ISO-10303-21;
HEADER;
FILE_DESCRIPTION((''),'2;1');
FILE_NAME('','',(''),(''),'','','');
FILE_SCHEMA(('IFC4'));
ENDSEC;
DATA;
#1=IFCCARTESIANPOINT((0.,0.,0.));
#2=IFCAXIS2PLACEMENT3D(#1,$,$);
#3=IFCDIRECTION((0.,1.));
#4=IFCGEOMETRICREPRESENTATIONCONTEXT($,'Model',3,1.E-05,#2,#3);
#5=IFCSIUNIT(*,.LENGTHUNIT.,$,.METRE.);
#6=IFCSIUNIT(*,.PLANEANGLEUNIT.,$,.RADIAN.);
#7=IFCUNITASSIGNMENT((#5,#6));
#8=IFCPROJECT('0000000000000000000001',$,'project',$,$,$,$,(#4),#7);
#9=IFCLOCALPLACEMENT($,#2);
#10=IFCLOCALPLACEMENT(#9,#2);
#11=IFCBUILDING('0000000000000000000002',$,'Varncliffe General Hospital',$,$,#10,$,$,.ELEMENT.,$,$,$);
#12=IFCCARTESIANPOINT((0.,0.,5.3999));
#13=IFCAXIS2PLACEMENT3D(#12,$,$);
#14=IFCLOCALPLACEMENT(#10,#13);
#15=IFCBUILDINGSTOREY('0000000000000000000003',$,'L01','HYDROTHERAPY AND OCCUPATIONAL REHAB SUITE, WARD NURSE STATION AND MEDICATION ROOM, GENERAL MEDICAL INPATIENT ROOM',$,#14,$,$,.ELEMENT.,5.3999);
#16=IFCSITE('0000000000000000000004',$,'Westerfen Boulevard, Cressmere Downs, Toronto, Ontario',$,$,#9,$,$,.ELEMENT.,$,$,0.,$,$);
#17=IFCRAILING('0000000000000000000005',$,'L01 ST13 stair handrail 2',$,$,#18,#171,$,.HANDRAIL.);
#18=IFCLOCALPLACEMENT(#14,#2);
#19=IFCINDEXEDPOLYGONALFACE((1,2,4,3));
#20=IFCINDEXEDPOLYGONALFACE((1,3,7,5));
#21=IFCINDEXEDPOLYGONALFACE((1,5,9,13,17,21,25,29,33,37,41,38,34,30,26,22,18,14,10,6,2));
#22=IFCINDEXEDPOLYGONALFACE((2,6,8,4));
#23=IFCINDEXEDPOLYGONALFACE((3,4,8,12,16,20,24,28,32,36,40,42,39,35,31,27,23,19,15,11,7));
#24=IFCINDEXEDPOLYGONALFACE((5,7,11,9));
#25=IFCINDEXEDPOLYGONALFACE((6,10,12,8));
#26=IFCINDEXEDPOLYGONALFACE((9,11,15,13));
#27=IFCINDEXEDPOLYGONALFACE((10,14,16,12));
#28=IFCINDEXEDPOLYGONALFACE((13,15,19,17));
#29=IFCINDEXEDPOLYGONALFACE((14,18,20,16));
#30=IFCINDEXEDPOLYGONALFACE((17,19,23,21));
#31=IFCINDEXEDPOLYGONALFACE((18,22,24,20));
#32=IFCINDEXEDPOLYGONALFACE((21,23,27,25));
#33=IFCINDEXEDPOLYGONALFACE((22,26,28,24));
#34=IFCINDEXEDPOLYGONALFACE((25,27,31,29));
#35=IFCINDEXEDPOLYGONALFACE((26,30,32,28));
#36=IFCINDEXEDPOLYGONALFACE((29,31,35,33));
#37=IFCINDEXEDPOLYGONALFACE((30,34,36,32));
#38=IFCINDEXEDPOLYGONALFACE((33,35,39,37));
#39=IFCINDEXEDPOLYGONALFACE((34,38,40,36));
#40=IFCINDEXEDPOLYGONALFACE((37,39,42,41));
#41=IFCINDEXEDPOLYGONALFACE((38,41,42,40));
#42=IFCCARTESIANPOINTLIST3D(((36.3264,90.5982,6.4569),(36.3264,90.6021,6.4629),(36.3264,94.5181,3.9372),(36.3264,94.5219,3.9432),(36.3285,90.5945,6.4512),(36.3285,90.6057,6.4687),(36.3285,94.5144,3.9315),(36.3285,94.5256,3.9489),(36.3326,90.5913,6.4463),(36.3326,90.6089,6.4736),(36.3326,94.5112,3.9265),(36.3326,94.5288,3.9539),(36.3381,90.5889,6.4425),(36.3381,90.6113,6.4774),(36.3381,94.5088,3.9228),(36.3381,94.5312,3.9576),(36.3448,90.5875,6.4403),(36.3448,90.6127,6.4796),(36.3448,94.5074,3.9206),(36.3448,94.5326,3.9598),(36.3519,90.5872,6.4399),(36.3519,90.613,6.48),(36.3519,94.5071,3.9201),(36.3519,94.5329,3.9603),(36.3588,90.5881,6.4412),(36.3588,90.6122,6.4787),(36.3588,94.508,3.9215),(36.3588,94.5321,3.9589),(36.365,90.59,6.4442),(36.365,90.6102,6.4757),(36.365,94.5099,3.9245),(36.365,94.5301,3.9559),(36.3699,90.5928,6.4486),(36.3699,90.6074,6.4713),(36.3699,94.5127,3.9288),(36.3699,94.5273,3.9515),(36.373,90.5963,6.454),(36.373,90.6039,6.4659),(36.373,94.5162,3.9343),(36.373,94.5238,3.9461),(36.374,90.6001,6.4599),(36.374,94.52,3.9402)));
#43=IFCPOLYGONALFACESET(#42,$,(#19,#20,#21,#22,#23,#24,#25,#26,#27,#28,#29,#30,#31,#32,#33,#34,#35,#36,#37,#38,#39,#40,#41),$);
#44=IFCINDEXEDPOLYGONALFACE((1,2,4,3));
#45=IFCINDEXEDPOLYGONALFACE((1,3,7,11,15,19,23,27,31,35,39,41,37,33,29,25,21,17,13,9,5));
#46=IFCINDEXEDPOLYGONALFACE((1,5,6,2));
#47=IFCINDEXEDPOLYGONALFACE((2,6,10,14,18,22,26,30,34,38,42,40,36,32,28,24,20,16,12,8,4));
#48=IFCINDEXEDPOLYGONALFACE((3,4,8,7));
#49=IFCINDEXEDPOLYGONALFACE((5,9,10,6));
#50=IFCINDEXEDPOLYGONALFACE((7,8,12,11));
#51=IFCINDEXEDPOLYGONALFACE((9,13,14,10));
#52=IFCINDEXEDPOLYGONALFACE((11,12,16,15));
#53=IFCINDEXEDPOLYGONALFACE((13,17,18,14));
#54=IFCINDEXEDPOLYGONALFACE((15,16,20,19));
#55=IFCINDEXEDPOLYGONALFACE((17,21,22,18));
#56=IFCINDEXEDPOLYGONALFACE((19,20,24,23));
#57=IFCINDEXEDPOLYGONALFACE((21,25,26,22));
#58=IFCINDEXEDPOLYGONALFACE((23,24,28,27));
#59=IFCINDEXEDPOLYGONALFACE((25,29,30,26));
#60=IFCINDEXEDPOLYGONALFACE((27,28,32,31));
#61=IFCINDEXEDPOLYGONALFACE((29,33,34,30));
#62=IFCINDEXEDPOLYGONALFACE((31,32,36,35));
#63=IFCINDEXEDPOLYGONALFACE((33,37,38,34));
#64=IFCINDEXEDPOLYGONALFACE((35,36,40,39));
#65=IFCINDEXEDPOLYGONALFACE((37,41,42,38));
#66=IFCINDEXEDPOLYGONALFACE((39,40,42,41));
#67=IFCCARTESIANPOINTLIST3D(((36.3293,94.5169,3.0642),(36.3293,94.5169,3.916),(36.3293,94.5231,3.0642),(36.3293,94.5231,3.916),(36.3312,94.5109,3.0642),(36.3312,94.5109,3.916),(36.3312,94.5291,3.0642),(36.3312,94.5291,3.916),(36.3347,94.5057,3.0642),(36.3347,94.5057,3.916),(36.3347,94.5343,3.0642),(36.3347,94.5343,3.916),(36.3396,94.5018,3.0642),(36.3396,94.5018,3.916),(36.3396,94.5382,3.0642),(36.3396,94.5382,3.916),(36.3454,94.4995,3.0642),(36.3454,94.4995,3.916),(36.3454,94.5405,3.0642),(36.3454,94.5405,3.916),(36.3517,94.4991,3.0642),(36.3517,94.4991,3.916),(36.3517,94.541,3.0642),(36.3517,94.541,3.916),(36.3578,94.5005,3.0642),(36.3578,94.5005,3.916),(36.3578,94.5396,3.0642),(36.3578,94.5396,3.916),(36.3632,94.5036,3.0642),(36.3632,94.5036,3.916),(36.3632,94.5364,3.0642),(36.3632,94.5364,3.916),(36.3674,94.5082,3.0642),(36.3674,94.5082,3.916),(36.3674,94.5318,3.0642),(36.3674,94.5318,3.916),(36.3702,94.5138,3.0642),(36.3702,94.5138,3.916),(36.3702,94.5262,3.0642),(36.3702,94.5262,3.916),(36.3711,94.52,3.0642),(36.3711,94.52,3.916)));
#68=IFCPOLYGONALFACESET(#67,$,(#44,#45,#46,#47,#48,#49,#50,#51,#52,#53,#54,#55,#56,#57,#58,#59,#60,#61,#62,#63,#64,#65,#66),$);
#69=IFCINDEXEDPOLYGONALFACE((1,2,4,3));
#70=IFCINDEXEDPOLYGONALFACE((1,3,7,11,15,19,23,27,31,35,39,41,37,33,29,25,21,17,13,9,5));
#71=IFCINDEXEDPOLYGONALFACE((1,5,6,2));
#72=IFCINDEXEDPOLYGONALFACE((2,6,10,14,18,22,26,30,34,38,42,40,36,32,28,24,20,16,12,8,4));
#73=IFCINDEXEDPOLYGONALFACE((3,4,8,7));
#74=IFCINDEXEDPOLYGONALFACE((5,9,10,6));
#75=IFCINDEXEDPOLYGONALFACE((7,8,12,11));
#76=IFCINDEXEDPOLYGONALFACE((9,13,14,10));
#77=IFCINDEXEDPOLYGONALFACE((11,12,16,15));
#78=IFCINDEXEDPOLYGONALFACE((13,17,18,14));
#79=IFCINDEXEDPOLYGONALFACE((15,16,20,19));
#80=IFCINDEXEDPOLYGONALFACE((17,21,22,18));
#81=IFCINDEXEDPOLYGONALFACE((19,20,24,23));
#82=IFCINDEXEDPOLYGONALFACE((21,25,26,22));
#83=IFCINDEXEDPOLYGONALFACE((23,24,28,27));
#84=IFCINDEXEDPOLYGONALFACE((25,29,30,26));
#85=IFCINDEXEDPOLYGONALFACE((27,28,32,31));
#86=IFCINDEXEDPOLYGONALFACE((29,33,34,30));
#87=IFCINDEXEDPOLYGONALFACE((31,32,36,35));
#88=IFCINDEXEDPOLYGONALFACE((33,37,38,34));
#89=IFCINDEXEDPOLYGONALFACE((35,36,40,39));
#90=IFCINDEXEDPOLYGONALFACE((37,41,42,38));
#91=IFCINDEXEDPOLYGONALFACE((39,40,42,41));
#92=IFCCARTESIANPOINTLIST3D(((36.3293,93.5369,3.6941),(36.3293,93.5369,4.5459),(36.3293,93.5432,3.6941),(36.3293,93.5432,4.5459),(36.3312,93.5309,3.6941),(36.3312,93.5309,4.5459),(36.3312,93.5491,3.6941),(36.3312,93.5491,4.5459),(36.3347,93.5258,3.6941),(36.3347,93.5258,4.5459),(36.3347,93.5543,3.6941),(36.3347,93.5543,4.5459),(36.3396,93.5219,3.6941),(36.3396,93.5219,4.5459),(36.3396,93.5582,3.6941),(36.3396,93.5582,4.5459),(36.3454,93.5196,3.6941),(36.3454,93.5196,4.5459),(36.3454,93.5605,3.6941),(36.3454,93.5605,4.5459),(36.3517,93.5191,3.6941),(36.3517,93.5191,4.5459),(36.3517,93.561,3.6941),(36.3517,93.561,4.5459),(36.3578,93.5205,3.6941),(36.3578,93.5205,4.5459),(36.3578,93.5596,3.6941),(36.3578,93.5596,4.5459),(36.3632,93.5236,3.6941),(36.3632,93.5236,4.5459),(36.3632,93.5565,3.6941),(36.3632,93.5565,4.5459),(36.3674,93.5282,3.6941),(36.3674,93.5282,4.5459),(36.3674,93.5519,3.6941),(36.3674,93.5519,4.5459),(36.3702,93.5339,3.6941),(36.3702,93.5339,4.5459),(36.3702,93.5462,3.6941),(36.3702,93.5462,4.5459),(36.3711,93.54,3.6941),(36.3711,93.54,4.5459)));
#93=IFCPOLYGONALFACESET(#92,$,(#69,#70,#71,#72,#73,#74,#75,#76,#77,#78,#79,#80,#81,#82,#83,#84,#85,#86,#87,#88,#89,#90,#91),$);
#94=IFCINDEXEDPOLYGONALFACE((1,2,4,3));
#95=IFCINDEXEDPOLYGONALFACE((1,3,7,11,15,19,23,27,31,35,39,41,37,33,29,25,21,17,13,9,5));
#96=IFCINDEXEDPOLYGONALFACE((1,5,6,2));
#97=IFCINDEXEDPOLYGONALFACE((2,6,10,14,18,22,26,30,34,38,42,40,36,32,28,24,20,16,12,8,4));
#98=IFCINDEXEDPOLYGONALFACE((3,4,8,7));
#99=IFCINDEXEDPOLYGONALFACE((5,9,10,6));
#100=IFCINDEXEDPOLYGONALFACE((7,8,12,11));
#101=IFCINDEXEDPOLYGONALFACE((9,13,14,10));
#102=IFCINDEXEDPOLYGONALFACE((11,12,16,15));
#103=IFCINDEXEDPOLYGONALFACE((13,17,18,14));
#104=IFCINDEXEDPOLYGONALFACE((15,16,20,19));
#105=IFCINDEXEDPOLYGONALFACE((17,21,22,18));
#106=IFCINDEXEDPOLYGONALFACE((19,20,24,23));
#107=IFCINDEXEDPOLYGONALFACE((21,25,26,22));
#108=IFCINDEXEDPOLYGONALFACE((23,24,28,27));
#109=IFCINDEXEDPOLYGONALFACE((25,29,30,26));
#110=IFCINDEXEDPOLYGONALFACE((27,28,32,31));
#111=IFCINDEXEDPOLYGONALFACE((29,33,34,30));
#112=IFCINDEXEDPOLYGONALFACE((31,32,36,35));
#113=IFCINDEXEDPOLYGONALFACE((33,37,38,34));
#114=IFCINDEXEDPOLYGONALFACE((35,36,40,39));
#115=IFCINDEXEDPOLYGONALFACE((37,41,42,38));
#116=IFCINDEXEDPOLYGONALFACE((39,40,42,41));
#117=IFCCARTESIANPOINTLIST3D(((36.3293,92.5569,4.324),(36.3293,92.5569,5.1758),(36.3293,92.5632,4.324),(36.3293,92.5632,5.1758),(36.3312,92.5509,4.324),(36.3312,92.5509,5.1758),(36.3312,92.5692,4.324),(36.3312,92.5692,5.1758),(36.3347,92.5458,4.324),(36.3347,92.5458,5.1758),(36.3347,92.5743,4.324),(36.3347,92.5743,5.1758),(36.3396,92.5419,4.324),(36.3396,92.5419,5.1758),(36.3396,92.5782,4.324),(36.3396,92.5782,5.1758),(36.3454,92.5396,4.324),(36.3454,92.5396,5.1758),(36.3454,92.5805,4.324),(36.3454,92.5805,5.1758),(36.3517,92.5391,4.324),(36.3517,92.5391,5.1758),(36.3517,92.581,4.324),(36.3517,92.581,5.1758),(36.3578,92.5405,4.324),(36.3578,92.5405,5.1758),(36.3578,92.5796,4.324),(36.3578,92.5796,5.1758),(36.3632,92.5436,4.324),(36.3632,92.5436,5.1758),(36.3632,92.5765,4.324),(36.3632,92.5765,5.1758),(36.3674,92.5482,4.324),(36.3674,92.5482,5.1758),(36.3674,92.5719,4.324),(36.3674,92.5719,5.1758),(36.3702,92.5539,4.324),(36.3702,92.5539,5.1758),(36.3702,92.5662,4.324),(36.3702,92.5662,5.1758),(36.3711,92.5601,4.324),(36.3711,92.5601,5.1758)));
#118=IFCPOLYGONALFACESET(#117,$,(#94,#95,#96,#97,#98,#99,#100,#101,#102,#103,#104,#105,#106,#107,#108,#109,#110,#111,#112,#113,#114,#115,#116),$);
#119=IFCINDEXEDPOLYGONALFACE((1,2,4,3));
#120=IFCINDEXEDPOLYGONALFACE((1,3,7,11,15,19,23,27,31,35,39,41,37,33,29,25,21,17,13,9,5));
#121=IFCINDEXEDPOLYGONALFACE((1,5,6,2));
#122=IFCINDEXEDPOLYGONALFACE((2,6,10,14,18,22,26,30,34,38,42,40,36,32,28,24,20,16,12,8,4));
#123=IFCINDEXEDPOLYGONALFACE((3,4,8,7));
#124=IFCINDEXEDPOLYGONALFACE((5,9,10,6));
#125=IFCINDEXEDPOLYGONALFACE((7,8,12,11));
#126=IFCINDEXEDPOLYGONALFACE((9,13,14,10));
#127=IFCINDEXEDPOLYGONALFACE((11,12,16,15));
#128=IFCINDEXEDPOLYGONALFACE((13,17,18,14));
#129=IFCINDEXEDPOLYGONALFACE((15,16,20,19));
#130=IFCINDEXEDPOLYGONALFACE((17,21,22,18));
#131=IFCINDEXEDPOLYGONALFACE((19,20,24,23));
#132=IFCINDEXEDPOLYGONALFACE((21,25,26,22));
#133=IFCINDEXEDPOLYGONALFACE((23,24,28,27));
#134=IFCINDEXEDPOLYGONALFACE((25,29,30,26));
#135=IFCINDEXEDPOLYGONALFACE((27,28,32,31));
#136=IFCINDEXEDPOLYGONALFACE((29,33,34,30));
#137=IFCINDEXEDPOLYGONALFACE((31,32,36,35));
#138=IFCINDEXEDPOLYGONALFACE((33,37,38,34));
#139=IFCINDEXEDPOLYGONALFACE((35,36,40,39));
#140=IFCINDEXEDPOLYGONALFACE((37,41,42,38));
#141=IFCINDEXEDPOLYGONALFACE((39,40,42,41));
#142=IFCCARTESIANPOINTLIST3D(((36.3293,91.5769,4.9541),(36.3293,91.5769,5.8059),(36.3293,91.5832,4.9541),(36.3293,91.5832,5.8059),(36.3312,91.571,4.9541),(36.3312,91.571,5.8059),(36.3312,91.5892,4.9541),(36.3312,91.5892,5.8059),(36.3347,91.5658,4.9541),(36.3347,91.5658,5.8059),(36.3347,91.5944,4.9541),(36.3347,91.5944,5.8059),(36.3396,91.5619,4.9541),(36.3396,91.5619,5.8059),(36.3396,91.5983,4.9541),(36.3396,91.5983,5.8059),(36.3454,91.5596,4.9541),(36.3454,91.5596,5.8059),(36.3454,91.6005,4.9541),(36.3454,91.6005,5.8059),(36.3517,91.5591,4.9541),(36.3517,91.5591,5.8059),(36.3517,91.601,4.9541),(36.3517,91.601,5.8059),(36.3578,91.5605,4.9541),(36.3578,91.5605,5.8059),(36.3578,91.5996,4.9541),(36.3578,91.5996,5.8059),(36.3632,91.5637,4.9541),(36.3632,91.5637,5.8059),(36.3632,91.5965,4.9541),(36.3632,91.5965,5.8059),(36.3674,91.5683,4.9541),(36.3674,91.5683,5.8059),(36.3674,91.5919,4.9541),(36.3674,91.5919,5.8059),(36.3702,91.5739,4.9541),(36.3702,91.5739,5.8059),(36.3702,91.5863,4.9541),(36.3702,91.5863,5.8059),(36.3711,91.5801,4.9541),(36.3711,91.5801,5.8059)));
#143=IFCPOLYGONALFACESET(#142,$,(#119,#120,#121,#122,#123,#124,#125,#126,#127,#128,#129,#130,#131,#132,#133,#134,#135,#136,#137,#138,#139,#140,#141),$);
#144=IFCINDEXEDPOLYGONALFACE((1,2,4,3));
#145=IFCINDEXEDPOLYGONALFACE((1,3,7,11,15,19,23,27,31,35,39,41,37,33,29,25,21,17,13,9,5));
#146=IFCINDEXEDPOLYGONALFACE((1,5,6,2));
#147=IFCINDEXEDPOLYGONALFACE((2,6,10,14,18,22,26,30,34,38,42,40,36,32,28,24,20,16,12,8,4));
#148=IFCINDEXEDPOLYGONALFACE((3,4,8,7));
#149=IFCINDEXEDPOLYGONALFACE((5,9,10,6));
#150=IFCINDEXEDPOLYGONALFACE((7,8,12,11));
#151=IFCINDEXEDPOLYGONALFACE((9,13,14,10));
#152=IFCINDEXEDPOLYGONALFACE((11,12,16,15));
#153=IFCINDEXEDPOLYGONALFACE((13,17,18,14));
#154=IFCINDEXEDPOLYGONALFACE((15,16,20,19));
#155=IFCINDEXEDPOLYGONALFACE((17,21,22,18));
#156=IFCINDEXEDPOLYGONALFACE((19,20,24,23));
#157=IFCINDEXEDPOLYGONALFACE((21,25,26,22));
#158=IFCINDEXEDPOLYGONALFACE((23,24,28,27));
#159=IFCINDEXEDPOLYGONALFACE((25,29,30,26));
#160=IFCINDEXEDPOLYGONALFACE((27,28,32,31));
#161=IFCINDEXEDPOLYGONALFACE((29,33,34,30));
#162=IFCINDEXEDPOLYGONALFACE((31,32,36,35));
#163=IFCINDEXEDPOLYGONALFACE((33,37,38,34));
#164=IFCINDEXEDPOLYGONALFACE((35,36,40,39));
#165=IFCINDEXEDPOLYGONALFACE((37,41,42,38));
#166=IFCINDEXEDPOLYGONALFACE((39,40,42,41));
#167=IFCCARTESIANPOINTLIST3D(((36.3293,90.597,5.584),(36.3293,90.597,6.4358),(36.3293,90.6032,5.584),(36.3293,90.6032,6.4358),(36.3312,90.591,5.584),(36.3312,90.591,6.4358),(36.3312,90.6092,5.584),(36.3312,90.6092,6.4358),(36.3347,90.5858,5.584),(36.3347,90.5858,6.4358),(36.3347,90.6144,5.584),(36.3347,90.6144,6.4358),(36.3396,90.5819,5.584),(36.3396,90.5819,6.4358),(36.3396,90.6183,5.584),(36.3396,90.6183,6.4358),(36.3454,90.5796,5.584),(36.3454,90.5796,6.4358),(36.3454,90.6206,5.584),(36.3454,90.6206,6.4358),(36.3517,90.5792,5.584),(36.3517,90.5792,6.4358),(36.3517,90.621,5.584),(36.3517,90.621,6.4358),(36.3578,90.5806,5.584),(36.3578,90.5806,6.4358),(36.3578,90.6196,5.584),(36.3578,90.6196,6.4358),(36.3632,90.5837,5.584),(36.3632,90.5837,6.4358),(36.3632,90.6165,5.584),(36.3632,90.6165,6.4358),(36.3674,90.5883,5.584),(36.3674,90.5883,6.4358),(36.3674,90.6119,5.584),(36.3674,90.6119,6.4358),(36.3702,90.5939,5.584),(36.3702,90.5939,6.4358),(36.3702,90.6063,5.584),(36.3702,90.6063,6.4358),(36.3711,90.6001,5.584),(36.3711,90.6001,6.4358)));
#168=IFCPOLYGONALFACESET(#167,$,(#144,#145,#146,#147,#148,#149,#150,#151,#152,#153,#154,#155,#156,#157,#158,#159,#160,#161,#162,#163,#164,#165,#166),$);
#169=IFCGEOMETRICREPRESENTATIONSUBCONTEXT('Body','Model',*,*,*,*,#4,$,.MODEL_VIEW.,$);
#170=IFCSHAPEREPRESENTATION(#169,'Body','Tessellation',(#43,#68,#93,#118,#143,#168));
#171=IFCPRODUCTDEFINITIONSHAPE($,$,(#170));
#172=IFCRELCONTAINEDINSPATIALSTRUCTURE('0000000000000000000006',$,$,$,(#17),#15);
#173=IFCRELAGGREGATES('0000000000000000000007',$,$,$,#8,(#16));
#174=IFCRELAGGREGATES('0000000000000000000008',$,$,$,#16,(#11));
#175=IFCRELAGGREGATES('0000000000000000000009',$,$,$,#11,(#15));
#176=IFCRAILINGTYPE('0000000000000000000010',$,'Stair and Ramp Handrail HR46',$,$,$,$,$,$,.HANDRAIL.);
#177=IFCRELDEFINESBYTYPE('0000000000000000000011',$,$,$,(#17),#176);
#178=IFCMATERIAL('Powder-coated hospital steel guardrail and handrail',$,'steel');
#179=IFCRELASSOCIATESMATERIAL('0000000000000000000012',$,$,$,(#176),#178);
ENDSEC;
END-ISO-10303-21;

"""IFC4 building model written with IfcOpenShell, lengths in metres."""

from ifc_helpers import new_model, si_unit, direction, frame, origin, origin_2d, place, context, subcontext, project, spatial, circle, extrude, material, type_object, element, save


model = new_model("IFC4")

# Units and contexts
model_context = context("Model", 3, precision=1e-05, world=origin(), true_north=direction((0.0, 1.0)))
body_context = subcontext(model_context, "Body", "Model", "MODEL_VIEW")
ifc_project = project(units=[si_unit("LENGTHUNIT", "METRE"), si_unit("PLANEANGLEUNIT", "RADIAN")], contexts=[model_context])

# Site, building, storey
site_placement = place(None, origin())
site = spatial("IfcSite", under=ifc_project, at=site_placement, Name="Westerfen Boulevard, Cressmere Downs, Toronto, Ontario", CompositionType="ELEMENT", RefElevation=0.0)
building_placement = place(site_placement, origin())
building = spatial("IfcBuilding", under=site, at=building_placement, Name="Varncliffe General Hospital", CompositionType="ELEMENT")
storey_placement = place(building_placement, frame((0.0, 0.0, 5.3999)))
storey = spatial("IfcBuildingStorey", under=building, at=storey_placement, Name="L01", Description="HYDROTHERAPY AND OCCUPATIONAL REHAB SUITE, WARD NURSE STATION AND MEDICATION ROOM, GENERAL MEDICAL INPATIENT ROOM", CompositionType="ELEMENT", Elevation=5.3999)

# Railing
ifc_material_1 = material(Name="Powder-coated hospital steel guardrail and handrail", Category="steel")
railing_type_1 = type_object("IfcRailingType", Name="Stair and Ramp Handrail HR46", PredefinedType="HANDRAIL", material=ifc_material_1)
railing_1_placement = place(storey_placement, frame((36.3501, 94.52, 3.0642)))
element("IfcRailing", 1, at=railing_1_placement, inside=storey, type_object=railing_type_1, Name="L01 ST13 stair handrail 2", PredefinedType="HANDRAIL", context=body_context, shape_type="SweptSolid", body=[
    extrude(circle(Radius=0.0239, at=origin_2d()), frame((0.0, 0.0, 0.876), z_axis=(0.0, -0.841195, 0.540731), x_axis=(1.0, 0.0, 0.0)), (0.0, 0.0, 1.0), 4.6599),
    extrude(circle(Radius=0.021, at=origin_2d()), origin(), (0.0, 0.0, 1.0), 0.8518),
    extrude(circle(Radius=0.021, at=origin_2d()), frame((0.0, -0.98, 0.6299)), (0.0, 0.0, 1.0), 0.8518),
    extrude(circle(Radius=0.021, at=origin_2d()), frame((0.0, -1.96, 1.2598)), (0.0, 0.0, 1.0), 0.8518),
    extrude(circle(Radius=0.021, at=origin_2d()), frame((0.0, -2.9399, 1.8899)), (0.0, 0.0, 1.0), 0.8518),
    extrude(circle(Radius=0.021, at=origin_2d()), frame((0.0, -3.9199, 2.5198)), (0.0, 0.0, 1.0), 0.8518),
])

save(model, "model.ifc")
